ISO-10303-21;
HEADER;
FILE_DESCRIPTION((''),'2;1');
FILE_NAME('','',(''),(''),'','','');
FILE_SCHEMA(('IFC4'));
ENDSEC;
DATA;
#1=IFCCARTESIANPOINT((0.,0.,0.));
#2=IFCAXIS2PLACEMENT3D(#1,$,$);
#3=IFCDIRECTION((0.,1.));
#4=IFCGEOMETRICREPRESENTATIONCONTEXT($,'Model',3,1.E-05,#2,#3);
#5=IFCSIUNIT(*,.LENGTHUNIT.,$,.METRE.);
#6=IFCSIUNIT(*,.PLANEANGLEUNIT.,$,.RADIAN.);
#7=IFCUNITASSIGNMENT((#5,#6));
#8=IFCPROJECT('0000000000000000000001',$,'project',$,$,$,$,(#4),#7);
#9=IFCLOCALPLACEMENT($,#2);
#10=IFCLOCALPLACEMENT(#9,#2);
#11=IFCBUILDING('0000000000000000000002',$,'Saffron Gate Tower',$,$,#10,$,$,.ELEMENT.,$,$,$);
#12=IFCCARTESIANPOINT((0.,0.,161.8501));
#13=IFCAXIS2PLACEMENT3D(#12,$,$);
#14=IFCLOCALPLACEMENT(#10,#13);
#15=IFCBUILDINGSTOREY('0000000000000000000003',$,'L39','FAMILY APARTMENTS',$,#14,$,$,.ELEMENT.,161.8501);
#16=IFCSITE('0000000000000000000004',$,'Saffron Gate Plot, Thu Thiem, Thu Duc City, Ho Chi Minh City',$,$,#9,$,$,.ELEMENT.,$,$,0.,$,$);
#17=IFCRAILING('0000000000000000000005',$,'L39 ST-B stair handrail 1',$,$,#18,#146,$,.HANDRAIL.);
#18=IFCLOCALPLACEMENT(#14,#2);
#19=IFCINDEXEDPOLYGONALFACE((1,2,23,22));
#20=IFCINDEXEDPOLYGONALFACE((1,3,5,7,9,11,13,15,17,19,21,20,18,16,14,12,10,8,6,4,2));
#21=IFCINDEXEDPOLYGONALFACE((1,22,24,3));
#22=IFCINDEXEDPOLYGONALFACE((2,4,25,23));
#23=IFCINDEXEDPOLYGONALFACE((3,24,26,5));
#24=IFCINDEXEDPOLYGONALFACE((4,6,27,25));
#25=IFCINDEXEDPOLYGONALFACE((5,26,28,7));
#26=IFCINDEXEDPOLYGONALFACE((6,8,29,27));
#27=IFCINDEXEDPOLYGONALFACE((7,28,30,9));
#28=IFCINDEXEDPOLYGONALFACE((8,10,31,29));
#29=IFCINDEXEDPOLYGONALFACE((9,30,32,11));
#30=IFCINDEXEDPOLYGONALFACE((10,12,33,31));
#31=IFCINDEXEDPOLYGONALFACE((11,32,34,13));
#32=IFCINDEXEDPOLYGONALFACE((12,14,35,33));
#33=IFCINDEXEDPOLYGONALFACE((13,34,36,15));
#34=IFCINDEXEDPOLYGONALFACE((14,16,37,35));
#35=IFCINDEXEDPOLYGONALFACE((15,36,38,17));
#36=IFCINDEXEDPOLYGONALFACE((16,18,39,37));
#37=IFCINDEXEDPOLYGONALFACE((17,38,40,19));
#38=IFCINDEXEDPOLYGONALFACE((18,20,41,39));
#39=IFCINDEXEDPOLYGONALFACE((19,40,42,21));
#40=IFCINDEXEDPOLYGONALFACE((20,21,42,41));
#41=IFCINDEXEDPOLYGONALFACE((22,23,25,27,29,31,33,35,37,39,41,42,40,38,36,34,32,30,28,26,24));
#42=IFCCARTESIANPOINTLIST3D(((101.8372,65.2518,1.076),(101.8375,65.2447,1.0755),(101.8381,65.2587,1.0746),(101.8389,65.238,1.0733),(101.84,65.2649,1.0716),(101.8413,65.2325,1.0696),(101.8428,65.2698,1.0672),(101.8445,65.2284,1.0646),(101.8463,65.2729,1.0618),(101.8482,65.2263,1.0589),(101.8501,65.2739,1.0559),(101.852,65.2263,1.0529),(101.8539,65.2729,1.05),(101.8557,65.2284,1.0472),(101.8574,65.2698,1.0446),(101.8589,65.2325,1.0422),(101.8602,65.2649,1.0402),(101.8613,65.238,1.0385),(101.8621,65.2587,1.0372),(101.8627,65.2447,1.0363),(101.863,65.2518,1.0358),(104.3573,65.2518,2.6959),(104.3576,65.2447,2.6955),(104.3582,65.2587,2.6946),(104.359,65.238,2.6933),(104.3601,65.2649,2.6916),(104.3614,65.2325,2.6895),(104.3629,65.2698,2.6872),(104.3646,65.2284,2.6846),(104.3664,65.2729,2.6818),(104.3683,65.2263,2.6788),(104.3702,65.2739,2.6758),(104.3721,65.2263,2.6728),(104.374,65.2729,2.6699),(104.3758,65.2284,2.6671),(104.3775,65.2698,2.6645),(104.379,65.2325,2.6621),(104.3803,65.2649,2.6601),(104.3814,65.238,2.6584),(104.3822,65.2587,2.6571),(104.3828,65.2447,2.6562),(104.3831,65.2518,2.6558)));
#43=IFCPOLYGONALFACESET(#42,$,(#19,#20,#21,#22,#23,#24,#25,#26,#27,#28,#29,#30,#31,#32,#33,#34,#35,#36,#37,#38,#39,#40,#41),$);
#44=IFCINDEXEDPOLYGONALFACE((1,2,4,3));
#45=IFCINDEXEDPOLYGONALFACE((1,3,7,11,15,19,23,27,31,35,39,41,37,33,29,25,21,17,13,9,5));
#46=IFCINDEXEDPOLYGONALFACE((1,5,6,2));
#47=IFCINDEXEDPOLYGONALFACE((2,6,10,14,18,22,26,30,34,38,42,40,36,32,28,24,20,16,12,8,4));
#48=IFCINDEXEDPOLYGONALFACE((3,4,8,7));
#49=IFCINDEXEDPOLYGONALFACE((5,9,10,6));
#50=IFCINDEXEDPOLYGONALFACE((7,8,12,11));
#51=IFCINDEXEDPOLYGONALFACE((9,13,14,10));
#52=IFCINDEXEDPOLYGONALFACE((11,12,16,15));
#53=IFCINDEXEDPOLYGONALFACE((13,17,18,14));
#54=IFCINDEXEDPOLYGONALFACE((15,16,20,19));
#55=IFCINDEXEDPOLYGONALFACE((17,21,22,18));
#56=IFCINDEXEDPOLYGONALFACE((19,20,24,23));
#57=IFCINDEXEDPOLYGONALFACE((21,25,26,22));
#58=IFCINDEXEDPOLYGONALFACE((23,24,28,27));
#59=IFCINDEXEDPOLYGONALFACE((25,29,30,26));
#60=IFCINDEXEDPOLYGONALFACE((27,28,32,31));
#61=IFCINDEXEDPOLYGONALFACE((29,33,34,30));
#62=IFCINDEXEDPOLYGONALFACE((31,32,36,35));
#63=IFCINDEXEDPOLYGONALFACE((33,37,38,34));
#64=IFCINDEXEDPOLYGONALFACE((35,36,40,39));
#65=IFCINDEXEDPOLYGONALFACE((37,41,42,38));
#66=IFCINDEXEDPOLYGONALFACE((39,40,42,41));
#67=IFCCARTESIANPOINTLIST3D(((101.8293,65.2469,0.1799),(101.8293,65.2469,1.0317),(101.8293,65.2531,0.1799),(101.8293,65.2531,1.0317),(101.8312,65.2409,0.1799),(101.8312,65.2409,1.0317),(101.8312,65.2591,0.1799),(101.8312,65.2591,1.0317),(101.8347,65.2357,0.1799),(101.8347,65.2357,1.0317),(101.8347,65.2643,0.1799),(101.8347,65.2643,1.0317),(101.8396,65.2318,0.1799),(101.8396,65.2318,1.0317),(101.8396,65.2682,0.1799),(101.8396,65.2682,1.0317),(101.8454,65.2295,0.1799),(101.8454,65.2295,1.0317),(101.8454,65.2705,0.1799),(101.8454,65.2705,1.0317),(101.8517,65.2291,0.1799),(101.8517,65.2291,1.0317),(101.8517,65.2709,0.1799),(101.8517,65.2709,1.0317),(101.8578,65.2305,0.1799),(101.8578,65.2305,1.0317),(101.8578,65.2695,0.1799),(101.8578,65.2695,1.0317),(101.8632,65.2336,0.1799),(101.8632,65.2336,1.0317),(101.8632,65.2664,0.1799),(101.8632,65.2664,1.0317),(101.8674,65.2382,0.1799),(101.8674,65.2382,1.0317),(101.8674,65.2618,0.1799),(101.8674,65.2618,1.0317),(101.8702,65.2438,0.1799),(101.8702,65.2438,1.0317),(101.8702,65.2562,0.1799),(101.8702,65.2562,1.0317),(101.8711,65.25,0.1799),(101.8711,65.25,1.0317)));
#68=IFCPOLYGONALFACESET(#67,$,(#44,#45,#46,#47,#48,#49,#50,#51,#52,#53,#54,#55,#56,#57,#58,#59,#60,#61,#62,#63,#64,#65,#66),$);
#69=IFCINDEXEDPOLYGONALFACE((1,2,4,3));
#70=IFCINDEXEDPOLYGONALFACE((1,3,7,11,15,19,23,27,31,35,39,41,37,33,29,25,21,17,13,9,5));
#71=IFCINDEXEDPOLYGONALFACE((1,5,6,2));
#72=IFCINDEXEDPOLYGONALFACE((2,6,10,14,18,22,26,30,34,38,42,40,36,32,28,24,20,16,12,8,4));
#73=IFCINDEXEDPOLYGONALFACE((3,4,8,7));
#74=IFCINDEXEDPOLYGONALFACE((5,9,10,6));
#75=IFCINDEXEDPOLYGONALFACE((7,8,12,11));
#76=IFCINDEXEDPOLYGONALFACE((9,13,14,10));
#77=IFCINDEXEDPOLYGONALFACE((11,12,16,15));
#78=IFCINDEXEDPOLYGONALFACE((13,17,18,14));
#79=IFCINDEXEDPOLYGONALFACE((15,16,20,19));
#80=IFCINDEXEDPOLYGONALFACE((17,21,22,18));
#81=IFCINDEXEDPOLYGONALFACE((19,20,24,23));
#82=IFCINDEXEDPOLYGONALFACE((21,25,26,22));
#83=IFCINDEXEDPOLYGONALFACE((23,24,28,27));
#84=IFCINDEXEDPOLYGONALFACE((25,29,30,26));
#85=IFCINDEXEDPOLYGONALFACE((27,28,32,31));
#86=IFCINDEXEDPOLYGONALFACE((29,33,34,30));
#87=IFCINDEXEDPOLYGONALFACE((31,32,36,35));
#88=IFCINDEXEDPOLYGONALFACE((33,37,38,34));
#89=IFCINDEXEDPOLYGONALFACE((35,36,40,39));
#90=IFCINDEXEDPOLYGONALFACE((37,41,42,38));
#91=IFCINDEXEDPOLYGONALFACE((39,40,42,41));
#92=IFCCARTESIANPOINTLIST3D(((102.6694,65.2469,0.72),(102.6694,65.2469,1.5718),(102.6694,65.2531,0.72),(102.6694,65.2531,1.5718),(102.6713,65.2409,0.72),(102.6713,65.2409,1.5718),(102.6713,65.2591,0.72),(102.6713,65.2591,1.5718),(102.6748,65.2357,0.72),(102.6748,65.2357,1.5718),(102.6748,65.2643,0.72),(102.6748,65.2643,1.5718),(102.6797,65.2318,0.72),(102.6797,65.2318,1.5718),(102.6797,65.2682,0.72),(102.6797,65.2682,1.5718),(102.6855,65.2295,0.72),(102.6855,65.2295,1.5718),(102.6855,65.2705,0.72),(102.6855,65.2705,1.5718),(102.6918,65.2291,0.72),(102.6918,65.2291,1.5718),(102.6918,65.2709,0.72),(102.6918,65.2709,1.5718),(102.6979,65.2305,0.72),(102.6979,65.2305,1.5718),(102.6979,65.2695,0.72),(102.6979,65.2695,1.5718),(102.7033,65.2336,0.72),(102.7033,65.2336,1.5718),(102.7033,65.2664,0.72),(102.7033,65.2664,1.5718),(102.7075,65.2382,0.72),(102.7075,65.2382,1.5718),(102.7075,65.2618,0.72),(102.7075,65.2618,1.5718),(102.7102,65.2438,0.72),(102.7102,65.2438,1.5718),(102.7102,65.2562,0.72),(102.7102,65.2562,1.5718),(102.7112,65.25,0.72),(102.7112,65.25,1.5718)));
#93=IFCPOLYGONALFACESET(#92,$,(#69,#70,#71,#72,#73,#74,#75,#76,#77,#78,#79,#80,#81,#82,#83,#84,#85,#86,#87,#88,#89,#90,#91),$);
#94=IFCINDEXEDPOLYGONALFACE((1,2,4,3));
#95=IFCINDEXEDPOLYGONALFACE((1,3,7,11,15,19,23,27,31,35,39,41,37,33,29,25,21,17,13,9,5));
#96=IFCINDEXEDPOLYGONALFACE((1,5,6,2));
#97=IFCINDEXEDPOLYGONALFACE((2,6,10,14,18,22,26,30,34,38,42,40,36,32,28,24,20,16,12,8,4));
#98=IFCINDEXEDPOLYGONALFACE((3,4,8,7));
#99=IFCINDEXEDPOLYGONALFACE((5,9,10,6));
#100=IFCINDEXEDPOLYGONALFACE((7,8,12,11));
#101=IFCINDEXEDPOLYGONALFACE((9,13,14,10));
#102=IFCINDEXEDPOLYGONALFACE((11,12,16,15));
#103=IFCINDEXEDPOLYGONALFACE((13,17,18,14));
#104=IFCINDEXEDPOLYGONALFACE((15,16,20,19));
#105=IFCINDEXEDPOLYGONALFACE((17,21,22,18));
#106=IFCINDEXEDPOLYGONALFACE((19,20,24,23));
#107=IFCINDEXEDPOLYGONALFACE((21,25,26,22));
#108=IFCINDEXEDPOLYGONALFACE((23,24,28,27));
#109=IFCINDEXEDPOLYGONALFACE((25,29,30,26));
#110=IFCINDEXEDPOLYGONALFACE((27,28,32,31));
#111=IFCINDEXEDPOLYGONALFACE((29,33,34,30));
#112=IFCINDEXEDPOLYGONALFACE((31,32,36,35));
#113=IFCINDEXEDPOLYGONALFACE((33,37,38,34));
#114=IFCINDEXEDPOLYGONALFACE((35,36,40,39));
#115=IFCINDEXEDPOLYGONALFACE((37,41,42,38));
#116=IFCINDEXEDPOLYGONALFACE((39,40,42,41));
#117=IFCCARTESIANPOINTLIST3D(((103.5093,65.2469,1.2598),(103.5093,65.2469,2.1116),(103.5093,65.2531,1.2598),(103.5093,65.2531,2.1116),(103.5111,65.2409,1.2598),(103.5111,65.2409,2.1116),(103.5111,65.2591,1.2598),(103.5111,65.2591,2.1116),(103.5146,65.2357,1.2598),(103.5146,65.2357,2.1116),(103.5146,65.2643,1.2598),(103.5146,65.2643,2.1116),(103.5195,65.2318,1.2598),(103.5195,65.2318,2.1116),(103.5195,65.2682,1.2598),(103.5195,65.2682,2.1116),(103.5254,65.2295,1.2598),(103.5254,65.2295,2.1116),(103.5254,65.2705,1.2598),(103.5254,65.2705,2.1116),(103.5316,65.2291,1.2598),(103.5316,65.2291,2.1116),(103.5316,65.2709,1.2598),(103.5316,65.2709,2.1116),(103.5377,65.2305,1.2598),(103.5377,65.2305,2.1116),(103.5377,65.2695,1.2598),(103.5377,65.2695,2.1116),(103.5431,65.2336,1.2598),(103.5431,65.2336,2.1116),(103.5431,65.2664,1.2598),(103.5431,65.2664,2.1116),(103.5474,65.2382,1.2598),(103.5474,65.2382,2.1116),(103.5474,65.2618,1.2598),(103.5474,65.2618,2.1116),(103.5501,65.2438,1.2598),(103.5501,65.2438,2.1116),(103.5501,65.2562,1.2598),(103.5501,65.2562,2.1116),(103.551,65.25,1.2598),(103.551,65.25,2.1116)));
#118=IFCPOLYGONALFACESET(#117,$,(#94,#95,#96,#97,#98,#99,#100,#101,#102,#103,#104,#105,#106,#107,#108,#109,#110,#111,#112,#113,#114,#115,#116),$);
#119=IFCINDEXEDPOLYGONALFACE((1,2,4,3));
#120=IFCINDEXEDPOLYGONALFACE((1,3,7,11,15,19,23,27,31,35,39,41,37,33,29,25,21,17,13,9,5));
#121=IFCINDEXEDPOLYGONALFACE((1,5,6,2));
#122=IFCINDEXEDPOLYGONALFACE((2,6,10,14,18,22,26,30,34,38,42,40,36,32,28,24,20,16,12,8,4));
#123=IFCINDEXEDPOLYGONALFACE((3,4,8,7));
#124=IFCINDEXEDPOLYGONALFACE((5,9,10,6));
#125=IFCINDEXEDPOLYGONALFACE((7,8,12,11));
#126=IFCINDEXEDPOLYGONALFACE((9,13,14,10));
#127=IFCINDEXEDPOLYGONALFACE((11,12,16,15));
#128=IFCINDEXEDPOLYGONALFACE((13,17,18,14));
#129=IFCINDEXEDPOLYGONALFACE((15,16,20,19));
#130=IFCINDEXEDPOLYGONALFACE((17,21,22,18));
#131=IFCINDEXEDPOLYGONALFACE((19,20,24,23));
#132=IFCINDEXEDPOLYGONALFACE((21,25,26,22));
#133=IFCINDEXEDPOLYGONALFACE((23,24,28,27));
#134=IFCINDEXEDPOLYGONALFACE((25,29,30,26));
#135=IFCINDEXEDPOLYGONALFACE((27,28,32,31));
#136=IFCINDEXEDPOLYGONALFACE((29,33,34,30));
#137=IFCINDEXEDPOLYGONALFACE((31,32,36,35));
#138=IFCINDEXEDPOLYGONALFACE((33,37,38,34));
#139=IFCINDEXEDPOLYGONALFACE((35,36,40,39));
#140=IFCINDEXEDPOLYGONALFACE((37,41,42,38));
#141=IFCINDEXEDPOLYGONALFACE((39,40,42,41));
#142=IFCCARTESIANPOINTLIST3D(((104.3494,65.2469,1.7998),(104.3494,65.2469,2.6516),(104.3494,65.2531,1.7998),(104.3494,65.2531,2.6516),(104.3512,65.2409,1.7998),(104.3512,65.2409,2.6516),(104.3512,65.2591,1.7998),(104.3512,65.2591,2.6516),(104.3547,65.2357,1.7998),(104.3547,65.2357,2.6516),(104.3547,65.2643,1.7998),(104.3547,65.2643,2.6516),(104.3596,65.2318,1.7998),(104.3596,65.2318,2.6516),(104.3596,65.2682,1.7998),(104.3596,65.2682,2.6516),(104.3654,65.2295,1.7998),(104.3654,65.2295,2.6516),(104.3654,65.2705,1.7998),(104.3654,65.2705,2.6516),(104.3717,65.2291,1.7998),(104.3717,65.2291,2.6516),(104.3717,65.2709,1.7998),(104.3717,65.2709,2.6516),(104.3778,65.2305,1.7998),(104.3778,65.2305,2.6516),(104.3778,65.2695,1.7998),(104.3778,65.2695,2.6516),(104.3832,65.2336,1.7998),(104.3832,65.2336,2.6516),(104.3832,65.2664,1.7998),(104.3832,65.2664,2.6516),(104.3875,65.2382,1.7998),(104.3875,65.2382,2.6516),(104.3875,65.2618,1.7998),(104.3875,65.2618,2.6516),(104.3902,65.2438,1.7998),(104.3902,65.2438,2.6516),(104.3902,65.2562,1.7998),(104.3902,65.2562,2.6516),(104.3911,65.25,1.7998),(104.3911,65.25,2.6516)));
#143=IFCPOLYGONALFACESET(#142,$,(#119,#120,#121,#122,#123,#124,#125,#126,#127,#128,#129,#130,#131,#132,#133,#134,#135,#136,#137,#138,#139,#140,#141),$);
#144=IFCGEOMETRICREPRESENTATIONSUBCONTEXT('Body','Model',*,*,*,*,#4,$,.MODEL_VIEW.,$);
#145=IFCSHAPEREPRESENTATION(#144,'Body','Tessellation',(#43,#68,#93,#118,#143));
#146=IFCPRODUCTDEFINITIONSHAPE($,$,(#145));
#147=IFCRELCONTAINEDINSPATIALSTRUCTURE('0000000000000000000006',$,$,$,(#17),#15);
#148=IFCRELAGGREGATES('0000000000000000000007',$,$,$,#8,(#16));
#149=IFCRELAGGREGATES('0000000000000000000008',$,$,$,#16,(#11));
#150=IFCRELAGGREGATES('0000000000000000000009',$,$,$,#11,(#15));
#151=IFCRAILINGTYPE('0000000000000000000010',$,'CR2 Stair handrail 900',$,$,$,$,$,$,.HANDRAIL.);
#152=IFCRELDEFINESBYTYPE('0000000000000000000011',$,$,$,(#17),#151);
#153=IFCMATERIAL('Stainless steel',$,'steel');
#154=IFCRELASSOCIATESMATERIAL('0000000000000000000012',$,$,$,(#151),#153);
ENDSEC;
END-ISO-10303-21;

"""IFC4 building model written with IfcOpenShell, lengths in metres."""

from ifc_helpers import new_model, si_unit, direction, frame, origin, origin_2d, place, context, subcontext, project, spatial, circle, extrude, material, type_object, element, save


model = new_model("IFC4")

# Units and contexts
model_context = context("Model", 3, precision=1e-05, world=origin(), true_north=direction((0.0, 1.0)))
body_context = subcontext(model_context, "Body", "Model", "MODEL_VIEW")
ifc_project = project(units=[si_unit("LENGTHUNIT", "METRE"), si_unit("PLANEANGLEUNIT", "RADIAN")], contexts=[model_context])

# Site, building, storey
site_placement = place(None, origin())
site = spatial("IfcSite", under=ifc_project, at=site_placement, Name="Saffron Gate Plot, Thu Thiem, Thu Duc City, Ho Chi Minh City", CompositionType="ELEMENT", RefElevation=0.0)
building_placement = place(site_placement, origin())
building = spatial("IfcBuilding", under=site, at=building_placement, Name="Saffron Gate Tower", CompositionType="ELEMENT")
storey_placement = place(building_placement, frame((0.0, 0.0, 161.8501)))
storey = spatial("IfcBuildingStorey", under=building, at=storey_placement, Name="L39", Description="FAMILY APARTMENTS", CompositionType="ELEMENT", Elevation=161.8501)

# Railing
ifc_material_1 = material(Name="Stainless steel", Category="steel")
railing_type_1 = type_object("IfcRailingType", Name="CR2 Stair handrail 900", PredefinedType="HANDRAIL", material=ifc_material_1)
railing_1_placement = place(storey_placement, frame((101.8501, 65.25, 0.1799)))
element("IfcRailing", 1, at=railing_1_placement, inside=storey, type_object=railing_type_1, Name="L39 ST-B stair handrail 1", PredefinedType="HANDRAIL", context=body_context, shape_type="SweptSolid", body=[
    extrude(circle(Radius=0.0239, at=origin_2d()), frame((0.0, 0.0, 0.876), z_axis=(0.8412, 0.0, 0.540725), x_axis=(0.0, 1.0, 0.0)), (0.0, 0.0, 1.0), 2.9958),
    extrude(circle(Radius=0.021, at=origin_2d()), origin(), (0.0, 0.0, 1.0), 0.8518),
    extrude(circle(Radius=0.021, at=origin_2d()), frame((0.8401, 0.0, 0.54)), (0.0, 0.0, 1.0), 0.8518),
    extrude(circle(Radius=0.021, at=origin_2d()), frame((1.6799, 0.0, 1.0798)), (0.0, 0.0, 1.0), 0.8518),
    extrude(circle(Radius=0.021, at=origin_2d()), frame((2.52, 0.0, 1.6199)), (0.0, 0.0, 1.0), 0.8518),
])

save(model, "model.ifc")
